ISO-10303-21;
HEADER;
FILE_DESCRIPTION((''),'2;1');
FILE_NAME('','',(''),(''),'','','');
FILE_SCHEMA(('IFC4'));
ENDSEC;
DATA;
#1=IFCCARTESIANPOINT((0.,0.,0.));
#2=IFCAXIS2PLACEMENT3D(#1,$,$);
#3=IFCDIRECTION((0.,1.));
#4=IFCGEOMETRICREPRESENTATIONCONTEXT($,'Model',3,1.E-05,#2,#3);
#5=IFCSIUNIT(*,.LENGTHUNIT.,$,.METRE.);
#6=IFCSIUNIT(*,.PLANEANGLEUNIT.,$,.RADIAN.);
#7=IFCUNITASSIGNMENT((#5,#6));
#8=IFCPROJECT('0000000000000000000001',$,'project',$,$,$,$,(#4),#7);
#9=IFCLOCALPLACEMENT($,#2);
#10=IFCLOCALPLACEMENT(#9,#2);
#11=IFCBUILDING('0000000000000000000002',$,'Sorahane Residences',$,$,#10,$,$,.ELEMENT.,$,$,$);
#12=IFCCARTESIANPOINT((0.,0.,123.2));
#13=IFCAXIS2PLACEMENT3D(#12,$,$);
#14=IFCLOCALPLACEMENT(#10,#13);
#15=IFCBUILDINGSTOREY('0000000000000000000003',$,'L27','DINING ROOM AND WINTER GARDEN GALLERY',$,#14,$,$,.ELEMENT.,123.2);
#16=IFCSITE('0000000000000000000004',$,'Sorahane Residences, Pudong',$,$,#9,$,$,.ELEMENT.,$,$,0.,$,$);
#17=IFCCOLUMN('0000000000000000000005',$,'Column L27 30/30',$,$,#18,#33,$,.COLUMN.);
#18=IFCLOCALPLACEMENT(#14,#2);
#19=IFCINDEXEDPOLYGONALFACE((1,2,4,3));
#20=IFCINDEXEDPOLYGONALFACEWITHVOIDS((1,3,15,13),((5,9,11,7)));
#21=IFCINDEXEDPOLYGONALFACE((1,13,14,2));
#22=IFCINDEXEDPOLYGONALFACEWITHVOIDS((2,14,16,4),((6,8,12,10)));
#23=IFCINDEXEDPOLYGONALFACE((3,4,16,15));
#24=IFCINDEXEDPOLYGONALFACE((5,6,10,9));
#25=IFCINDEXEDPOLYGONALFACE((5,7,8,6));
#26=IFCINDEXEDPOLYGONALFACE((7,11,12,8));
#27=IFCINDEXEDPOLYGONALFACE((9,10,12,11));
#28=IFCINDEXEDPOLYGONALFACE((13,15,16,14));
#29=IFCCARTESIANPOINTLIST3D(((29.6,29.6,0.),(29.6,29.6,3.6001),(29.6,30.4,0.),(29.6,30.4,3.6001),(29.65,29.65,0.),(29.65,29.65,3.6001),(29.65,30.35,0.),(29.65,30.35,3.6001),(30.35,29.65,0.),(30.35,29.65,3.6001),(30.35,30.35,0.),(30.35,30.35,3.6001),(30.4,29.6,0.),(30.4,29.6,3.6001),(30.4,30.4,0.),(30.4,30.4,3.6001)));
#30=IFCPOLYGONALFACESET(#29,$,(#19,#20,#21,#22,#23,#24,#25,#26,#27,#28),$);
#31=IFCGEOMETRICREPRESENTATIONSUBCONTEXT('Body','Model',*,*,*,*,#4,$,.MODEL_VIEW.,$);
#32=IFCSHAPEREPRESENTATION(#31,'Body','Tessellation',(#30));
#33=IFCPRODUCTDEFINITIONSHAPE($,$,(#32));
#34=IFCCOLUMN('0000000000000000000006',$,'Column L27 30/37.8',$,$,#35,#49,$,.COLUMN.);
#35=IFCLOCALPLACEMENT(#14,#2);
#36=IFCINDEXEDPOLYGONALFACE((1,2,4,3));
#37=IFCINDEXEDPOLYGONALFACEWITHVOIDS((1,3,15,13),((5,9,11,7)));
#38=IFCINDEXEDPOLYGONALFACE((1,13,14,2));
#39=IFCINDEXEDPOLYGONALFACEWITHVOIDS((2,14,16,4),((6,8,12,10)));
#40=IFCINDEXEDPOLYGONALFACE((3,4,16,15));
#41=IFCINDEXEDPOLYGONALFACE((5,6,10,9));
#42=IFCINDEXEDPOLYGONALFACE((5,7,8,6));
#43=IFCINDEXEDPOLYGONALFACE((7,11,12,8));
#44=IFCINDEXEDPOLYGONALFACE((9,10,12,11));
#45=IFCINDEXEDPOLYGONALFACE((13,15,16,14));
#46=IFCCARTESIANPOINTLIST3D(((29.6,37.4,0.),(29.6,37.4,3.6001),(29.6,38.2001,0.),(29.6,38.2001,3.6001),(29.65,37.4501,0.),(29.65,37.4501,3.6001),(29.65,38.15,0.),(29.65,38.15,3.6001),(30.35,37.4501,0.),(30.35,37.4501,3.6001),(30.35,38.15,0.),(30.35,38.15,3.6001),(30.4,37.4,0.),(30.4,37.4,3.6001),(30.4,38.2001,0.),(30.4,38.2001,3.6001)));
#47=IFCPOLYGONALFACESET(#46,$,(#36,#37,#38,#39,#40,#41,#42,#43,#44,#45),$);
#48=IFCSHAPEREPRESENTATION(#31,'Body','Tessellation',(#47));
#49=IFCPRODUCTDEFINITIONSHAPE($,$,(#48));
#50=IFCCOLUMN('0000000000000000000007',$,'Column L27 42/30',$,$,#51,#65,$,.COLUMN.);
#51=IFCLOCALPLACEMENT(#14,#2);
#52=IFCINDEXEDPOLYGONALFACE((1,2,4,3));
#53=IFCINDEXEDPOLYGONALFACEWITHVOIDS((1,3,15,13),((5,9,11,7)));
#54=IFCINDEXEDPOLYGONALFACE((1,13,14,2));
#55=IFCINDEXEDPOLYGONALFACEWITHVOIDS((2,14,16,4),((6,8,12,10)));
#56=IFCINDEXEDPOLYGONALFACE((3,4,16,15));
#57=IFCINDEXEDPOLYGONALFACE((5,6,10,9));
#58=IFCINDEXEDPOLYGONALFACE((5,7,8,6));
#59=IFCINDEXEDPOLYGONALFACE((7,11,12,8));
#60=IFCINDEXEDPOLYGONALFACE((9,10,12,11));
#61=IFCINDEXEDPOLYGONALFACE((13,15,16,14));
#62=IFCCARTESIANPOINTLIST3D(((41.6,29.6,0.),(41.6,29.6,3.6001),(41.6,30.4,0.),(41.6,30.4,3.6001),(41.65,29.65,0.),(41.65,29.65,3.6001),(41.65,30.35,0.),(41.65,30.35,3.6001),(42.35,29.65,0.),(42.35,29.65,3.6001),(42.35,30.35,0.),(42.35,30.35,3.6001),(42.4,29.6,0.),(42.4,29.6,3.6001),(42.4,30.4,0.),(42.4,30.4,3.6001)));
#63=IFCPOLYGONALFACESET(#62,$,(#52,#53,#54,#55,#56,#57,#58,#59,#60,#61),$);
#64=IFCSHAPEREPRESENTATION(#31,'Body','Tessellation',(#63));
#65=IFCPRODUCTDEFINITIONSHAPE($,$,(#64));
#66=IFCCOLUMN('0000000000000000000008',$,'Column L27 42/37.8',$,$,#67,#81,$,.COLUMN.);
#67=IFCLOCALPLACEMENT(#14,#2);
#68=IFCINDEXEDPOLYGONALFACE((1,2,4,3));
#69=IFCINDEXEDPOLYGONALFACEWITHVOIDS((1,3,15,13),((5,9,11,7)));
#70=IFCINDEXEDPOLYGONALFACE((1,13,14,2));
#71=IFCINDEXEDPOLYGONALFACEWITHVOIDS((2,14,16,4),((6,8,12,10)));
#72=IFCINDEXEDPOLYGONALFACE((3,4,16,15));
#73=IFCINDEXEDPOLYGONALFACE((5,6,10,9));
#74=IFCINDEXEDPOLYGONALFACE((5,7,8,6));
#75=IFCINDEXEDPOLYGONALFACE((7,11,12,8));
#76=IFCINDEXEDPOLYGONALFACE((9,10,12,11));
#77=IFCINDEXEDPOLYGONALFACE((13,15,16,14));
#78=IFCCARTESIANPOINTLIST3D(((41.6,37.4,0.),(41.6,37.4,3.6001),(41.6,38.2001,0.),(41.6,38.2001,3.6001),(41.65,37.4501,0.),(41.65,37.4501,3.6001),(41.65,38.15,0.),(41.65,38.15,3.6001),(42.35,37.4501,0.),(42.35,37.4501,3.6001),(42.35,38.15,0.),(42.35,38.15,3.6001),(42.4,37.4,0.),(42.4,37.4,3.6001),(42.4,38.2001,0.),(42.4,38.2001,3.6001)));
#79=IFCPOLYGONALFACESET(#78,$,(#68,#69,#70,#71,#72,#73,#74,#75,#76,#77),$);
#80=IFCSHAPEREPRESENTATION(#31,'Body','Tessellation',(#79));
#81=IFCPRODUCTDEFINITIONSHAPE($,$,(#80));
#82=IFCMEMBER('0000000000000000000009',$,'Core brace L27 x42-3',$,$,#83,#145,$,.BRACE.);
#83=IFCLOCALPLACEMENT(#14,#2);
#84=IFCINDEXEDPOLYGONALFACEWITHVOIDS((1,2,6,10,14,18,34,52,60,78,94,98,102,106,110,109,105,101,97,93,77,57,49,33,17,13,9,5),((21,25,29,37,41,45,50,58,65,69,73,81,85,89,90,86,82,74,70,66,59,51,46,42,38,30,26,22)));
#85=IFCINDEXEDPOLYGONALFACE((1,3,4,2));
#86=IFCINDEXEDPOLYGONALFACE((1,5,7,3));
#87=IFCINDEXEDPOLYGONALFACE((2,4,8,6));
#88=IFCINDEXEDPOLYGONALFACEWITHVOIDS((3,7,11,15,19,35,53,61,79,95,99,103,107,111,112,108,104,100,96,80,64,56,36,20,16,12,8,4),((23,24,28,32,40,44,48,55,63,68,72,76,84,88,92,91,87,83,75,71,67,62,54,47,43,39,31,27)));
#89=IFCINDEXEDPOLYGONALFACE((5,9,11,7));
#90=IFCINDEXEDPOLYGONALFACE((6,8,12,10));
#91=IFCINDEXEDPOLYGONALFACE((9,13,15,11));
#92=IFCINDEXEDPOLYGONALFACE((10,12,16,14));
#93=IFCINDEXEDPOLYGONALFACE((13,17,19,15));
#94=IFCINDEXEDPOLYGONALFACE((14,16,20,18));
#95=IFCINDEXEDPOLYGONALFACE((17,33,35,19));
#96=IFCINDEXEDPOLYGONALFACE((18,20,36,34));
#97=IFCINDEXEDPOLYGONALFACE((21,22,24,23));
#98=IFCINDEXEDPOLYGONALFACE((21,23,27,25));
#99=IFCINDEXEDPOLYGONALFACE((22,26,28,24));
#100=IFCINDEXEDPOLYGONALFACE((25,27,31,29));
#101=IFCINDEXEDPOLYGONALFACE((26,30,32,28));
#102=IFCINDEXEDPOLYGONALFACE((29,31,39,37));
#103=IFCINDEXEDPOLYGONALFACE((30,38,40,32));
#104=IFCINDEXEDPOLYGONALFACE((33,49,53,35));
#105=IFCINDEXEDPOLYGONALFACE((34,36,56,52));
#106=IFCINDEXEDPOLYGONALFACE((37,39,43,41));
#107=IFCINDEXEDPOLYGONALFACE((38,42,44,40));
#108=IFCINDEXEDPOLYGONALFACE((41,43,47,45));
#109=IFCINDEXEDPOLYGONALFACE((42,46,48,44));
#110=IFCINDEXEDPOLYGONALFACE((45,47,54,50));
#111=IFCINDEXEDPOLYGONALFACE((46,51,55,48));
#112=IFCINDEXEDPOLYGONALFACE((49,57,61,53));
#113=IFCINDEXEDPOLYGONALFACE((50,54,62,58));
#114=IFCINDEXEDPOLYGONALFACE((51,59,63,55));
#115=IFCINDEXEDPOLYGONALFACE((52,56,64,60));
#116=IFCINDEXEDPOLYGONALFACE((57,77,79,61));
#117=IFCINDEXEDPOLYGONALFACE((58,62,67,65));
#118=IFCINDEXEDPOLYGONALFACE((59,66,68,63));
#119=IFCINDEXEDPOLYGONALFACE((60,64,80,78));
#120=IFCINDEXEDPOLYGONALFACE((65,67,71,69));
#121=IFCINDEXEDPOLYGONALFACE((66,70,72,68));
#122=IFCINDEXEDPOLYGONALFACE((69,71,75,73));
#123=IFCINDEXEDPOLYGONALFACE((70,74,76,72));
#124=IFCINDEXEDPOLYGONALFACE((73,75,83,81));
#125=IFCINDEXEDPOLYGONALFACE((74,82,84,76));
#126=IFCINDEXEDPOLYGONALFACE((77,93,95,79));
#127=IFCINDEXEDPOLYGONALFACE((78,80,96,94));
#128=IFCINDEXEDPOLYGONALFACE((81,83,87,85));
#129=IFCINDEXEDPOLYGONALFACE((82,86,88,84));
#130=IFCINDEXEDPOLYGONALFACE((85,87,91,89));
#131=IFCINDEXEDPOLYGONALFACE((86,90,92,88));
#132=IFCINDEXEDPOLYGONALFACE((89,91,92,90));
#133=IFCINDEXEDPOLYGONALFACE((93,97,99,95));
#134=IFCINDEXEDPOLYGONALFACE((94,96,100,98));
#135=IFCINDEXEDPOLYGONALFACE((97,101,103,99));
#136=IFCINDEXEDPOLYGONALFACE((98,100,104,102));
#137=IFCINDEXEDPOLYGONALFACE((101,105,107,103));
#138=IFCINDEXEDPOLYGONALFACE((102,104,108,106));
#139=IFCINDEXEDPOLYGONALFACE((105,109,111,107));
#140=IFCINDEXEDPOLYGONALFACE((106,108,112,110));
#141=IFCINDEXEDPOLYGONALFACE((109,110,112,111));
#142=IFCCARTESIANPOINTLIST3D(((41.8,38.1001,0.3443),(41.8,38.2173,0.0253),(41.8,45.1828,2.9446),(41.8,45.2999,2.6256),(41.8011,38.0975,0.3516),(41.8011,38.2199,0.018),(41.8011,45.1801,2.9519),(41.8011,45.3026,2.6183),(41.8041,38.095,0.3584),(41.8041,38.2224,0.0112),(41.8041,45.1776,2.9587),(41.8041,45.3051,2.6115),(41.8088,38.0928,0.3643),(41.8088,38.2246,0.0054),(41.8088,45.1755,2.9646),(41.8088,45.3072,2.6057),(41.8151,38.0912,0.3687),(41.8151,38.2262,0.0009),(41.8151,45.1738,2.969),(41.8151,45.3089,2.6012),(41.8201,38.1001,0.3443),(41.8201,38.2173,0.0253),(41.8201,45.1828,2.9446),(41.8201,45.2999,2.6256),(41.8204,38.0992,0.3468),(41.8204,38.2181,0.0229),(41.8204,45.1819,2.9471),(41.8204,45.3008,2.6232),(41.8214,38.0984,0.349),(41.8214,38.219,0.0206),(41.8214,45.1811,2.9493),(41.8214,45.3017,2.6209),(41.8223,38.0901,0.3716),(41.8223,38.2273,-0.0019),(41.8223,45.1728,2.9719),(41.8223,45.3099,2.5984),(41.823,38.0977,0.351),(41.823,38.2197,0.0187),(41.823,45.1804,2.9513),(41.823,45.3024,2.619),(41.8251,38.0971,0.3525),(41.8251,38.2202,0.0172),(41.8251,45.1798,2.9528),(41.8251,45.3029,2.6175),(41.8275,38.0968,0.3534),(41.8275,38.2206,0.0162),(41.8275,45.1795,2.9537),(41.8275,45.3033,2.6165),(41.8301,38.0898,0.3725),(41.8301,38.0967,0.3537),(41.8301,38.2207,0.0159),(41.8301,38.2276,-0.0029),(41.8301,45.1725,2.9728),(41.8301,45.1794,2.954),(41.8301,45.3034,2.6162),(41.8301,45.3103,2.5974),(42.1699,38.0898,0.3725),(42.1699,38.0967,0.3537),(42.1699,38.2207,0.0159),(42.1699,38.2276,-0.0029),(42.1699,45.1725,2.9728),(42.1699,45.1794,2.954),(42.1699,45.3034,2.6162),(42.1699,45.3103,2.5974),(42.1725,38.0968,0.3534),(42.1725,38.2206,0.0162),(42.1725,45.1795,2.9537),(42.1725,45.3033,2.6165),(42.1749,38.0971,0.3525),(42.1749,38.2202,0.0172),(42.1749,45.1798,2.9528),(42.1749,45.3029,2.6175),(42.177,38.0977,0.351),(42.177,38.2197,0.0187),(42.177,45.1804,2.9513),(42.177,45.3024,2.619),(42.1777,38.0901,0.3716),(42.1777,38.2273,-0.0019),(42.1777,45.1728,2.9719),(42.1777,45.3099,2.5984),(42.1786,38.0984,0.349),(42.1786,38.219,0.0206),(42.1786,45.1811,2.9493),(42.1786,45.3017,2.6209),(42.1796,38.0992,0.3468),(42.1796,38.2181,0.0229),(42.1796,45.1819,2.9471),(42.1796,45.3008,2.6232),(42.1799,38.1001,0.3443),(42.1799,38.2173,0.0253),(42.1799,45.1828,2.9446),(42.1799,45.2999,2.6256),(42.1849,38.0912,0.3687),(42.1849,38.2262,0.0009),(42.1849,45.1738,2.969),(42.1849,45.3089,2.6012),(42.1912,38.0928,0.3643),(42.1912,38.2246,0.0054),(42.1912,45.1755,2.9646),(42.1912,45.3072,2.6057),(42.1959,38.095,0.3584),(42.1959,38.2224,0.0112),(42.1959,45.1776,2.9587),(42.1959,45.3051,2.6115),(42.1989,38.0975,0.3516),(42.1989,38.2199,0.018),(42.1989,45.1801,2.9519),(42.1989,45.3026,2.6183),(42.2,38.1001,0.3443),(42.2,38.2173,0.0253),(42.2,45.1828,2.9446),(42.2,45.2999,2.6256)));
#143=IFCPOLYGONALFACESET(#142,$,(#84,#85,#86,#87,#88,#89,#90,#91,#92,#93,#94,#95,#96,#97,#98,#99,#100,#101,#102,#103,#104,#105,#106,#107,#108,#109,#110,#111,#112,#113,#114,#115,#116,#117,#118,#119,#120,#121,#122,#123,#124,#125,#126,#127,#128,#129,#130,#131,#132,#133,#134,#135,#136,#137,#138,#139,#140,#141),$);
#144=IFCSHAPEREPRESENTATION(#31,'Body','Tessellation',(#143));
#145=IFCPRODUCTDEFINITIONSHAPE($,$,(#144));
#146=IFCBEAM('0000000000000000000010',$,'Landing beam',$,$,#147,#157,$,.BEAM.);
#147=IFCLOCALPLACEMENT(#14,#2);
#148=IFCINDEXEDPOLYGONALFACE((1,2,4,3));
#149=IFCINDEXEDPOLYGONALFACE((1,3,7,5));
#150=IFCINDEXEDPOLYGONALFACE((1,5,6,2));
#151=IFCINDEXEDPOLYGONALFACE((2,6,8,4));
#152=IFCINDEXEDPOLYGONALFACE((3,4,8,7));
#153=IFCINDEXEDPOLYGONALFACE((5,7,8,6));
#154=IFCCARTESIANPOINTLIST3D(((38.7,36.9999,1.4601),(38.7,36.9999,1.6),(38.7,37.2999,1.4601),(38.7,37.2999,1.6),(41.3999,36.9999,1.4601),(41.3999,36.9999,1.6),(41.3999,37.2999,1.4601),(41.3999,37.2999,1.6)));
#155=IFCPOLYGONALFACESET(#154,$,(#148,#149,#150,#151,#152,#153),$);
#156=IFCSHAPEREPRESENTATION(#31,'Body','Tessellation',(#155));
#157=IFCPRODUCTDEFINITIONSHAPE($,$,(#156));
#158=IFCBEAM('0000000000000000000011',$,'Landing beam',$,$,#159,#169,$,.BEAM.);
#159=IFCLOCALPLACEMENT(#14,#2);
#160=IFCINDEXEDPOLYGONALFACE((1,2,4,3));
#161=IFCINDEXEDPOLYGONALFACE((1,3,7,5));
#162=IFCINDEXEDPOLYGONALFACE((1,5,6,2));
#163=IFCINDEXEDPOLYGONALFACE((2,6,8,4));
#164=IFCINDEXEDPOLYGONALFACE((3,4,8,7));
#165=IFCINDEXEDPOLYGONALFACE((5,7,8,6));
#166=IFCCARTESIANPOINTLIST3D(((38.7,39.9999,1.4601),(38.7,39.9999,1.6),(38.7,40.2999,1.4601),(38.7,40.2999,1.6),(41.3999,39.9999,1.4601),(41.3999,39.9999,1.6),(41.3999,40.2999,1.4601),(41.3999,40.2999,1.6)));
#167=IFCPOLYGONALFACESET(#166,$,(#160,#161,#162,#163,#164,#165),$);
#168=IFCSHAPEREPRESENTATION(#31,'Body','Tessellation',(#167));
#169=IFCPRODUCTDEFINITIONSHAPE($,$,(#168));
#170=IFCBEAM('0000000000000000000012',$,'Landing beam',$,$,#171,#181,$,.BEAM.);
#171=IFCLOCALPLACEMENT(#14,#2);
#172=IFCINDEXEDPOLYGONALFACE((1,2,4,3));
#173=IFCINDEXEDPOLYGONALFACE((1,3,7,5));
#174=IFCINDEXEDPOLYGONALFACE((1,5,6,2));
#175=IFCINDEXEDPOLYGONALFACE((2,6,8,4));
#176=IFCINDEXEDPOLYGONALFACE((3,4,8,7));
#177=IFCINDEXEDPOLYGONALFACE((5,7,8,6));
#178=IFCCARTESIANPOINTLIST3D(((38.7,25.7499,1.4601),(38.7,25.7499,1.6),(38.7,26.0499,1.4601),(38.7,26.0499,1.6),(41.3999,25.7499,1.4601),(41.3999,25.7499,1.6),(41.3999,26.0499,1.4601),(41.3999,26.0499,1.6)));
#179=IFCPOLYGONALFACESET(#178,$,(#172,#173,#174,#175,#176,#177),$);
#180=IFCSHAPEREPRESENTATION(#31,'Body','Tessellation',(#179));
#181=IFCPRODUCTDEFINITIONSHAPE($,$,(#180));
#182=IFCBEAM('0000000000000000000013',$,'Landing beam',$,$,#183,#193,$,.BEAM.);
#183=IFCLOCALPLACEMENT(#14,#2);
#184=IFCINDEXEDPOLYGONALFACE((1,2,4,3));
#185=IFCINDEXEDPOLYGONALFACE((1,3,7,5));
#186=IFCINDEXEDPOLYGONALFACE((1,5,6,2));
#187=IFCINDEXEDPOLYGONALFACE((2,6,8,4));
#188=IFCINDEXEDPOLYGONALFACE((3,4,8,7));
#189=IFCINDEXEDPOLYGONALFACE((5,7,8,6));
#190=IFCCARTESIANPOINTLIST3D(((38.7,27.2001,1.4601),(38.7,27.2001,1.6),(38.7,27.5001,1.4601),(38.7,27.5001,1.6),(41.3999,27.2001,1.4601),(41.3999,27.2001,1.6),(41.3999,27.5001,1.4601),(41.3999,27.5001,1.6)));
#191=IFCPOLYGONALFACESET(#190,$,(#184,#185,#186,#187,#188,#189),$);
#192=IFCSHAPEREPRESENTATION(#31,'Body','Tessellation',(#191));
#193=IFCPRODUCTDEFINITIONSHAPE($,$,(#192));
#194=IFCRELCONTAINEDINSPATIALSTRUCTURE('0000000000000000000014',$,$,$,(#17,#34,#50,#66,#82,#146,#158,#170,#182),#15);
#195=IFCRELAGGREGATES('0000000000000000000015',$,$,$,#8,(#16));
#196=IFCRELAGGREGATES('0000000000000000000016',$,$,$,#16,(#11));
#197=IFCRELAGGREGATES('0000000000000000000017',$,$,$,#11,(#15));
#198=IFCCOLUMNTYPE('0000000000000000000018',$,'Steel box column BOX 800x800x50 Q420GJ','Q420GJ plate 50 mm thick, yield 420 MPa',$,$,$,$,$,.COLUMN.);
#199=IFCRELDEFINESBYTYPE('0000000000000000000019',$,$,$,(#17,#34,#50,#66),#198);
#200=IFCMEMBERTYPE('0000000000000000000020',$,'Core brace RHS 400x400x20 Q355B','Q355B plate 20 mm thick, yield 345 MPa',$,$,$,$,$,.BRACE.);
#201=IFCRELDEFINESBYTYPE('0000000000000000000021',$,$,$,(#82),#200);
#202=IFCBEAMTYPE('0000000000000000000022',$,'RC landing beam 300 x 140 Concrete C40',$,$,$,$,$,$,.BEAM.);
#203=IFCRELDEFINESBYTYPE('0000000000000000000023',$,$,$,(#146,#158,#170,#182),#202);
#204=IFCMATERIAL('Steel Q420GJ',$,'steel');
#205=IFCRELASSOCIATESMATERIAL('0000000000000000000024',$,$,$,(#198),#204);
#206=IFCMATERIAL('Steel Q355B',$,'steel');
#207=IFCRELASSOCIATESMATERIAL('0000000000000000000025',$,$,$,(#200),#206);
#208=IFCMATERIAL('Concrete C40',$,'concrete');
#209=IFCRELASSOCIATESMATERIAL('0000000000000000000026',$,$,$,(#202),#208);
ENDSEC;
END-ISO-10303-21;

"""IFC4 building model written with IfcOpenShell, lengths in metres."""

from ifc_helpers import new_model, si_unit, direction, frame, origin, origin_2d, place, context, subcontext, project, spatial, rectangle, hollow_rectangle, extrude, material, material_profile, profile_set, type_object, element, save


model = new_model("IFC4")

# Units and contexts
model_context = context("Model", 3, precision=1e-05, world=origin(), true_north=direction((0.0, 1.0)))
body_context = subcontext(model_context, "Body", "Model", "MODEL_VIEW")
ifc_project = project(units=[si_unit("LENGTHUNIT", "METRE"), si_unit("PLANEANGLEUNIT", "RADIAN")], contexts=[model_context])

# Site, building, storey
site_placement = place(None, origin())
site = spatial("IfcSite", under=ifc_project, at=site_placement, Name="Sorahane Residences, Pudong", CompositionType="ELEMENT", RefElevation=0.0)
building_placement = place(site_placement, origin())
building = spatial("IfcBuilding", under=site, at=building_placement, Name="Sorahane Residences", CompositionType="ELEMENT")
storey_placement = place(building_placement, frame((0.0, 0.0, 123.2)))
storey = spatial("IfcBuildingStorey", under=building, at=storey_placement, Name="L27", Description="DINING ROOM AND WINTER GARDEN GALLERY", CompositionType="ELEMENT", Elevation=123.2)

# Columns
ifc_material_1 = material(Name="Steel Q420GJ", Category="steel")
ifc_material_profile_1 = material_profile(ifc_material_1, hollow_rectangle(XDim=0.8, YDim=0.8, WallThickness=0.05, at=origin_2d()), Name="BOX 800x800x50")
ifc_profile_set_1 = profile_set([ifc_material_profile_1], Name="Steel Q420GJ")
column_type = type_object("IfcColumnType", Name="Steel box column BOX 800x800x50 Q420GJ", Description="Q420GJ plate 50 mm thick, yield 420 MPa", PredefinedType="COLUMN", material=ifc_profile_set_1)
for number, where, z_axis, x_axis, name in (
    (1, (30.0, 30.0, 0.0), (0.0, 0.0, 1.0), (1.0, 0.0, 0.0), "Column L27 30/30"),
    (2, (30.0, 37.8, 0.0), (0.0, 0.0, 1.0), (1.0, 0.0, 0.0), "Column L27 30/37.8"),
    (3, (42.0, 30.0, 0.0), (0.0, 0.0, 1.0), (1.0, 0.0, 0.0), "Column L27 42/30"),
    (4, (42.0, 37.8, 0.0), (0.0, 0.0, 1.0), (1.0, 0.0, 0.0), "Column L27 42/37.8"),
):
    element("IfcColumn", number, at=place(storey_placement, frame(where, z_axis=z_axis, x_axis=x_axis)), inside=storey, type_object=column_type, Name=name, PredefinedType="COLUMN", context=body_context, shape_type="SweptSolid", body=[
        extrude(hollow_rectangle(XDim=0.8, YDim=0.8, WallThickness=0.05, at=origin_2d()), origin(), (0.0, 0.0, 1.0), 3.6001),
    ])

# Member
ifc_material_2 = material(Name="Steel Q355B", Category="steel")
ifc_material_profile_2 = material_profile(ifc_material_2, hollow_rectangle(XDim=0.3999, YDim=0.3999, WallThickness=0.02, InnerFilletRadius=0.01, OuterFilletRadius=0.03, at=origin_2d()), Name="RHS 400x400x20")
ifc_profile_set_2 = profile_set([ifc_material_profile_2], Name="Steel Q355B")
member_type = type_object("IfcMemberType", Name="Core brace RHS 400x400x20 Q355B", Description="Q355B plate 20 mm thick, yield 345 MPa", PredefinedType="BRACE", material=ifc_profile_set_2)
member_placement = place(storey_placement, frame((42.0, 38.1587, 0.1848), z_axis=(0.0, 0.938734, 0.344643), x_axis=(-1.0, 0.0, 0.0)))
element("IfcMember", 5, at=member_placement, inside=storey, type_object=member_type, Name="Core brace L27 x42-3", PredefinedType="BRACE", context=body_context, shape_type="SweptSolid", body=[
    extrude(hollow_rectangle(XDim=0.3999, YDim=0.3999, WallThickness=0.02, InnerFilletRadius=0.01, OuterFilletRadius=0.03, at=origin_2d()), origin(), (0.0, 0.0, 1.0), 7.5449),
])

# Beams
ifc_material_3 = material(Name="Concrete C40", Category="concrete")
ifc_material_profile_3 = material_profile(ifc_material_3, rectangle(XDim=0.3, YDim=0.1399, at=origin_2d()), Name="300x140")
ifc_profile_set_3 = profile_set([ifc_material_profile_3], Name="Concrete C40")
beam_type_1 = type_object("IfcBeamType", Name="RC landing beam 300 x 140 Concrete C40", PredefinedType="BEAM", material=ifc_profile_set_3)
for number, where, z_axis, x_axis, name in (
    (6, (38.7, 37.1499, 1.53), (1.0, 0.0, 0.0), (0.0, 1.0, 0.0), "Landing beam"),
    (7, (38.7, 40.1499, 1.53), (1.0, 0.0, 0.0), (0.0, 1.0, 0.0), "Landing beam"),
    (8, (38.7, 25.8999, 1.53), (1.0, 0.0, 0.0), (0.0, 1.0, 0.0), "Landing beam"),
    (9, (38.7, 27.3501, 1.53), (1.0, 0.0, 0.0), (0.0, 1.0, 0.0), "Landing beam"),
):
    element("IfcBeam", number, at=place(storey_placement, frame(where, z_axis=z_axis, x_axis=x_axis)), inside=storey, type_object=beam_type_1, Name=name, PredefinedType="BEAM", context=body_context, shape_type="SweptSolid", body=[
        extrude(rectangle(XDim=0.3, YDim=0.1399, at=origin_2d()), origin(), (0.0, 0.0, 1.0), 2.7),
    ])

save(model, "model.ifc")
